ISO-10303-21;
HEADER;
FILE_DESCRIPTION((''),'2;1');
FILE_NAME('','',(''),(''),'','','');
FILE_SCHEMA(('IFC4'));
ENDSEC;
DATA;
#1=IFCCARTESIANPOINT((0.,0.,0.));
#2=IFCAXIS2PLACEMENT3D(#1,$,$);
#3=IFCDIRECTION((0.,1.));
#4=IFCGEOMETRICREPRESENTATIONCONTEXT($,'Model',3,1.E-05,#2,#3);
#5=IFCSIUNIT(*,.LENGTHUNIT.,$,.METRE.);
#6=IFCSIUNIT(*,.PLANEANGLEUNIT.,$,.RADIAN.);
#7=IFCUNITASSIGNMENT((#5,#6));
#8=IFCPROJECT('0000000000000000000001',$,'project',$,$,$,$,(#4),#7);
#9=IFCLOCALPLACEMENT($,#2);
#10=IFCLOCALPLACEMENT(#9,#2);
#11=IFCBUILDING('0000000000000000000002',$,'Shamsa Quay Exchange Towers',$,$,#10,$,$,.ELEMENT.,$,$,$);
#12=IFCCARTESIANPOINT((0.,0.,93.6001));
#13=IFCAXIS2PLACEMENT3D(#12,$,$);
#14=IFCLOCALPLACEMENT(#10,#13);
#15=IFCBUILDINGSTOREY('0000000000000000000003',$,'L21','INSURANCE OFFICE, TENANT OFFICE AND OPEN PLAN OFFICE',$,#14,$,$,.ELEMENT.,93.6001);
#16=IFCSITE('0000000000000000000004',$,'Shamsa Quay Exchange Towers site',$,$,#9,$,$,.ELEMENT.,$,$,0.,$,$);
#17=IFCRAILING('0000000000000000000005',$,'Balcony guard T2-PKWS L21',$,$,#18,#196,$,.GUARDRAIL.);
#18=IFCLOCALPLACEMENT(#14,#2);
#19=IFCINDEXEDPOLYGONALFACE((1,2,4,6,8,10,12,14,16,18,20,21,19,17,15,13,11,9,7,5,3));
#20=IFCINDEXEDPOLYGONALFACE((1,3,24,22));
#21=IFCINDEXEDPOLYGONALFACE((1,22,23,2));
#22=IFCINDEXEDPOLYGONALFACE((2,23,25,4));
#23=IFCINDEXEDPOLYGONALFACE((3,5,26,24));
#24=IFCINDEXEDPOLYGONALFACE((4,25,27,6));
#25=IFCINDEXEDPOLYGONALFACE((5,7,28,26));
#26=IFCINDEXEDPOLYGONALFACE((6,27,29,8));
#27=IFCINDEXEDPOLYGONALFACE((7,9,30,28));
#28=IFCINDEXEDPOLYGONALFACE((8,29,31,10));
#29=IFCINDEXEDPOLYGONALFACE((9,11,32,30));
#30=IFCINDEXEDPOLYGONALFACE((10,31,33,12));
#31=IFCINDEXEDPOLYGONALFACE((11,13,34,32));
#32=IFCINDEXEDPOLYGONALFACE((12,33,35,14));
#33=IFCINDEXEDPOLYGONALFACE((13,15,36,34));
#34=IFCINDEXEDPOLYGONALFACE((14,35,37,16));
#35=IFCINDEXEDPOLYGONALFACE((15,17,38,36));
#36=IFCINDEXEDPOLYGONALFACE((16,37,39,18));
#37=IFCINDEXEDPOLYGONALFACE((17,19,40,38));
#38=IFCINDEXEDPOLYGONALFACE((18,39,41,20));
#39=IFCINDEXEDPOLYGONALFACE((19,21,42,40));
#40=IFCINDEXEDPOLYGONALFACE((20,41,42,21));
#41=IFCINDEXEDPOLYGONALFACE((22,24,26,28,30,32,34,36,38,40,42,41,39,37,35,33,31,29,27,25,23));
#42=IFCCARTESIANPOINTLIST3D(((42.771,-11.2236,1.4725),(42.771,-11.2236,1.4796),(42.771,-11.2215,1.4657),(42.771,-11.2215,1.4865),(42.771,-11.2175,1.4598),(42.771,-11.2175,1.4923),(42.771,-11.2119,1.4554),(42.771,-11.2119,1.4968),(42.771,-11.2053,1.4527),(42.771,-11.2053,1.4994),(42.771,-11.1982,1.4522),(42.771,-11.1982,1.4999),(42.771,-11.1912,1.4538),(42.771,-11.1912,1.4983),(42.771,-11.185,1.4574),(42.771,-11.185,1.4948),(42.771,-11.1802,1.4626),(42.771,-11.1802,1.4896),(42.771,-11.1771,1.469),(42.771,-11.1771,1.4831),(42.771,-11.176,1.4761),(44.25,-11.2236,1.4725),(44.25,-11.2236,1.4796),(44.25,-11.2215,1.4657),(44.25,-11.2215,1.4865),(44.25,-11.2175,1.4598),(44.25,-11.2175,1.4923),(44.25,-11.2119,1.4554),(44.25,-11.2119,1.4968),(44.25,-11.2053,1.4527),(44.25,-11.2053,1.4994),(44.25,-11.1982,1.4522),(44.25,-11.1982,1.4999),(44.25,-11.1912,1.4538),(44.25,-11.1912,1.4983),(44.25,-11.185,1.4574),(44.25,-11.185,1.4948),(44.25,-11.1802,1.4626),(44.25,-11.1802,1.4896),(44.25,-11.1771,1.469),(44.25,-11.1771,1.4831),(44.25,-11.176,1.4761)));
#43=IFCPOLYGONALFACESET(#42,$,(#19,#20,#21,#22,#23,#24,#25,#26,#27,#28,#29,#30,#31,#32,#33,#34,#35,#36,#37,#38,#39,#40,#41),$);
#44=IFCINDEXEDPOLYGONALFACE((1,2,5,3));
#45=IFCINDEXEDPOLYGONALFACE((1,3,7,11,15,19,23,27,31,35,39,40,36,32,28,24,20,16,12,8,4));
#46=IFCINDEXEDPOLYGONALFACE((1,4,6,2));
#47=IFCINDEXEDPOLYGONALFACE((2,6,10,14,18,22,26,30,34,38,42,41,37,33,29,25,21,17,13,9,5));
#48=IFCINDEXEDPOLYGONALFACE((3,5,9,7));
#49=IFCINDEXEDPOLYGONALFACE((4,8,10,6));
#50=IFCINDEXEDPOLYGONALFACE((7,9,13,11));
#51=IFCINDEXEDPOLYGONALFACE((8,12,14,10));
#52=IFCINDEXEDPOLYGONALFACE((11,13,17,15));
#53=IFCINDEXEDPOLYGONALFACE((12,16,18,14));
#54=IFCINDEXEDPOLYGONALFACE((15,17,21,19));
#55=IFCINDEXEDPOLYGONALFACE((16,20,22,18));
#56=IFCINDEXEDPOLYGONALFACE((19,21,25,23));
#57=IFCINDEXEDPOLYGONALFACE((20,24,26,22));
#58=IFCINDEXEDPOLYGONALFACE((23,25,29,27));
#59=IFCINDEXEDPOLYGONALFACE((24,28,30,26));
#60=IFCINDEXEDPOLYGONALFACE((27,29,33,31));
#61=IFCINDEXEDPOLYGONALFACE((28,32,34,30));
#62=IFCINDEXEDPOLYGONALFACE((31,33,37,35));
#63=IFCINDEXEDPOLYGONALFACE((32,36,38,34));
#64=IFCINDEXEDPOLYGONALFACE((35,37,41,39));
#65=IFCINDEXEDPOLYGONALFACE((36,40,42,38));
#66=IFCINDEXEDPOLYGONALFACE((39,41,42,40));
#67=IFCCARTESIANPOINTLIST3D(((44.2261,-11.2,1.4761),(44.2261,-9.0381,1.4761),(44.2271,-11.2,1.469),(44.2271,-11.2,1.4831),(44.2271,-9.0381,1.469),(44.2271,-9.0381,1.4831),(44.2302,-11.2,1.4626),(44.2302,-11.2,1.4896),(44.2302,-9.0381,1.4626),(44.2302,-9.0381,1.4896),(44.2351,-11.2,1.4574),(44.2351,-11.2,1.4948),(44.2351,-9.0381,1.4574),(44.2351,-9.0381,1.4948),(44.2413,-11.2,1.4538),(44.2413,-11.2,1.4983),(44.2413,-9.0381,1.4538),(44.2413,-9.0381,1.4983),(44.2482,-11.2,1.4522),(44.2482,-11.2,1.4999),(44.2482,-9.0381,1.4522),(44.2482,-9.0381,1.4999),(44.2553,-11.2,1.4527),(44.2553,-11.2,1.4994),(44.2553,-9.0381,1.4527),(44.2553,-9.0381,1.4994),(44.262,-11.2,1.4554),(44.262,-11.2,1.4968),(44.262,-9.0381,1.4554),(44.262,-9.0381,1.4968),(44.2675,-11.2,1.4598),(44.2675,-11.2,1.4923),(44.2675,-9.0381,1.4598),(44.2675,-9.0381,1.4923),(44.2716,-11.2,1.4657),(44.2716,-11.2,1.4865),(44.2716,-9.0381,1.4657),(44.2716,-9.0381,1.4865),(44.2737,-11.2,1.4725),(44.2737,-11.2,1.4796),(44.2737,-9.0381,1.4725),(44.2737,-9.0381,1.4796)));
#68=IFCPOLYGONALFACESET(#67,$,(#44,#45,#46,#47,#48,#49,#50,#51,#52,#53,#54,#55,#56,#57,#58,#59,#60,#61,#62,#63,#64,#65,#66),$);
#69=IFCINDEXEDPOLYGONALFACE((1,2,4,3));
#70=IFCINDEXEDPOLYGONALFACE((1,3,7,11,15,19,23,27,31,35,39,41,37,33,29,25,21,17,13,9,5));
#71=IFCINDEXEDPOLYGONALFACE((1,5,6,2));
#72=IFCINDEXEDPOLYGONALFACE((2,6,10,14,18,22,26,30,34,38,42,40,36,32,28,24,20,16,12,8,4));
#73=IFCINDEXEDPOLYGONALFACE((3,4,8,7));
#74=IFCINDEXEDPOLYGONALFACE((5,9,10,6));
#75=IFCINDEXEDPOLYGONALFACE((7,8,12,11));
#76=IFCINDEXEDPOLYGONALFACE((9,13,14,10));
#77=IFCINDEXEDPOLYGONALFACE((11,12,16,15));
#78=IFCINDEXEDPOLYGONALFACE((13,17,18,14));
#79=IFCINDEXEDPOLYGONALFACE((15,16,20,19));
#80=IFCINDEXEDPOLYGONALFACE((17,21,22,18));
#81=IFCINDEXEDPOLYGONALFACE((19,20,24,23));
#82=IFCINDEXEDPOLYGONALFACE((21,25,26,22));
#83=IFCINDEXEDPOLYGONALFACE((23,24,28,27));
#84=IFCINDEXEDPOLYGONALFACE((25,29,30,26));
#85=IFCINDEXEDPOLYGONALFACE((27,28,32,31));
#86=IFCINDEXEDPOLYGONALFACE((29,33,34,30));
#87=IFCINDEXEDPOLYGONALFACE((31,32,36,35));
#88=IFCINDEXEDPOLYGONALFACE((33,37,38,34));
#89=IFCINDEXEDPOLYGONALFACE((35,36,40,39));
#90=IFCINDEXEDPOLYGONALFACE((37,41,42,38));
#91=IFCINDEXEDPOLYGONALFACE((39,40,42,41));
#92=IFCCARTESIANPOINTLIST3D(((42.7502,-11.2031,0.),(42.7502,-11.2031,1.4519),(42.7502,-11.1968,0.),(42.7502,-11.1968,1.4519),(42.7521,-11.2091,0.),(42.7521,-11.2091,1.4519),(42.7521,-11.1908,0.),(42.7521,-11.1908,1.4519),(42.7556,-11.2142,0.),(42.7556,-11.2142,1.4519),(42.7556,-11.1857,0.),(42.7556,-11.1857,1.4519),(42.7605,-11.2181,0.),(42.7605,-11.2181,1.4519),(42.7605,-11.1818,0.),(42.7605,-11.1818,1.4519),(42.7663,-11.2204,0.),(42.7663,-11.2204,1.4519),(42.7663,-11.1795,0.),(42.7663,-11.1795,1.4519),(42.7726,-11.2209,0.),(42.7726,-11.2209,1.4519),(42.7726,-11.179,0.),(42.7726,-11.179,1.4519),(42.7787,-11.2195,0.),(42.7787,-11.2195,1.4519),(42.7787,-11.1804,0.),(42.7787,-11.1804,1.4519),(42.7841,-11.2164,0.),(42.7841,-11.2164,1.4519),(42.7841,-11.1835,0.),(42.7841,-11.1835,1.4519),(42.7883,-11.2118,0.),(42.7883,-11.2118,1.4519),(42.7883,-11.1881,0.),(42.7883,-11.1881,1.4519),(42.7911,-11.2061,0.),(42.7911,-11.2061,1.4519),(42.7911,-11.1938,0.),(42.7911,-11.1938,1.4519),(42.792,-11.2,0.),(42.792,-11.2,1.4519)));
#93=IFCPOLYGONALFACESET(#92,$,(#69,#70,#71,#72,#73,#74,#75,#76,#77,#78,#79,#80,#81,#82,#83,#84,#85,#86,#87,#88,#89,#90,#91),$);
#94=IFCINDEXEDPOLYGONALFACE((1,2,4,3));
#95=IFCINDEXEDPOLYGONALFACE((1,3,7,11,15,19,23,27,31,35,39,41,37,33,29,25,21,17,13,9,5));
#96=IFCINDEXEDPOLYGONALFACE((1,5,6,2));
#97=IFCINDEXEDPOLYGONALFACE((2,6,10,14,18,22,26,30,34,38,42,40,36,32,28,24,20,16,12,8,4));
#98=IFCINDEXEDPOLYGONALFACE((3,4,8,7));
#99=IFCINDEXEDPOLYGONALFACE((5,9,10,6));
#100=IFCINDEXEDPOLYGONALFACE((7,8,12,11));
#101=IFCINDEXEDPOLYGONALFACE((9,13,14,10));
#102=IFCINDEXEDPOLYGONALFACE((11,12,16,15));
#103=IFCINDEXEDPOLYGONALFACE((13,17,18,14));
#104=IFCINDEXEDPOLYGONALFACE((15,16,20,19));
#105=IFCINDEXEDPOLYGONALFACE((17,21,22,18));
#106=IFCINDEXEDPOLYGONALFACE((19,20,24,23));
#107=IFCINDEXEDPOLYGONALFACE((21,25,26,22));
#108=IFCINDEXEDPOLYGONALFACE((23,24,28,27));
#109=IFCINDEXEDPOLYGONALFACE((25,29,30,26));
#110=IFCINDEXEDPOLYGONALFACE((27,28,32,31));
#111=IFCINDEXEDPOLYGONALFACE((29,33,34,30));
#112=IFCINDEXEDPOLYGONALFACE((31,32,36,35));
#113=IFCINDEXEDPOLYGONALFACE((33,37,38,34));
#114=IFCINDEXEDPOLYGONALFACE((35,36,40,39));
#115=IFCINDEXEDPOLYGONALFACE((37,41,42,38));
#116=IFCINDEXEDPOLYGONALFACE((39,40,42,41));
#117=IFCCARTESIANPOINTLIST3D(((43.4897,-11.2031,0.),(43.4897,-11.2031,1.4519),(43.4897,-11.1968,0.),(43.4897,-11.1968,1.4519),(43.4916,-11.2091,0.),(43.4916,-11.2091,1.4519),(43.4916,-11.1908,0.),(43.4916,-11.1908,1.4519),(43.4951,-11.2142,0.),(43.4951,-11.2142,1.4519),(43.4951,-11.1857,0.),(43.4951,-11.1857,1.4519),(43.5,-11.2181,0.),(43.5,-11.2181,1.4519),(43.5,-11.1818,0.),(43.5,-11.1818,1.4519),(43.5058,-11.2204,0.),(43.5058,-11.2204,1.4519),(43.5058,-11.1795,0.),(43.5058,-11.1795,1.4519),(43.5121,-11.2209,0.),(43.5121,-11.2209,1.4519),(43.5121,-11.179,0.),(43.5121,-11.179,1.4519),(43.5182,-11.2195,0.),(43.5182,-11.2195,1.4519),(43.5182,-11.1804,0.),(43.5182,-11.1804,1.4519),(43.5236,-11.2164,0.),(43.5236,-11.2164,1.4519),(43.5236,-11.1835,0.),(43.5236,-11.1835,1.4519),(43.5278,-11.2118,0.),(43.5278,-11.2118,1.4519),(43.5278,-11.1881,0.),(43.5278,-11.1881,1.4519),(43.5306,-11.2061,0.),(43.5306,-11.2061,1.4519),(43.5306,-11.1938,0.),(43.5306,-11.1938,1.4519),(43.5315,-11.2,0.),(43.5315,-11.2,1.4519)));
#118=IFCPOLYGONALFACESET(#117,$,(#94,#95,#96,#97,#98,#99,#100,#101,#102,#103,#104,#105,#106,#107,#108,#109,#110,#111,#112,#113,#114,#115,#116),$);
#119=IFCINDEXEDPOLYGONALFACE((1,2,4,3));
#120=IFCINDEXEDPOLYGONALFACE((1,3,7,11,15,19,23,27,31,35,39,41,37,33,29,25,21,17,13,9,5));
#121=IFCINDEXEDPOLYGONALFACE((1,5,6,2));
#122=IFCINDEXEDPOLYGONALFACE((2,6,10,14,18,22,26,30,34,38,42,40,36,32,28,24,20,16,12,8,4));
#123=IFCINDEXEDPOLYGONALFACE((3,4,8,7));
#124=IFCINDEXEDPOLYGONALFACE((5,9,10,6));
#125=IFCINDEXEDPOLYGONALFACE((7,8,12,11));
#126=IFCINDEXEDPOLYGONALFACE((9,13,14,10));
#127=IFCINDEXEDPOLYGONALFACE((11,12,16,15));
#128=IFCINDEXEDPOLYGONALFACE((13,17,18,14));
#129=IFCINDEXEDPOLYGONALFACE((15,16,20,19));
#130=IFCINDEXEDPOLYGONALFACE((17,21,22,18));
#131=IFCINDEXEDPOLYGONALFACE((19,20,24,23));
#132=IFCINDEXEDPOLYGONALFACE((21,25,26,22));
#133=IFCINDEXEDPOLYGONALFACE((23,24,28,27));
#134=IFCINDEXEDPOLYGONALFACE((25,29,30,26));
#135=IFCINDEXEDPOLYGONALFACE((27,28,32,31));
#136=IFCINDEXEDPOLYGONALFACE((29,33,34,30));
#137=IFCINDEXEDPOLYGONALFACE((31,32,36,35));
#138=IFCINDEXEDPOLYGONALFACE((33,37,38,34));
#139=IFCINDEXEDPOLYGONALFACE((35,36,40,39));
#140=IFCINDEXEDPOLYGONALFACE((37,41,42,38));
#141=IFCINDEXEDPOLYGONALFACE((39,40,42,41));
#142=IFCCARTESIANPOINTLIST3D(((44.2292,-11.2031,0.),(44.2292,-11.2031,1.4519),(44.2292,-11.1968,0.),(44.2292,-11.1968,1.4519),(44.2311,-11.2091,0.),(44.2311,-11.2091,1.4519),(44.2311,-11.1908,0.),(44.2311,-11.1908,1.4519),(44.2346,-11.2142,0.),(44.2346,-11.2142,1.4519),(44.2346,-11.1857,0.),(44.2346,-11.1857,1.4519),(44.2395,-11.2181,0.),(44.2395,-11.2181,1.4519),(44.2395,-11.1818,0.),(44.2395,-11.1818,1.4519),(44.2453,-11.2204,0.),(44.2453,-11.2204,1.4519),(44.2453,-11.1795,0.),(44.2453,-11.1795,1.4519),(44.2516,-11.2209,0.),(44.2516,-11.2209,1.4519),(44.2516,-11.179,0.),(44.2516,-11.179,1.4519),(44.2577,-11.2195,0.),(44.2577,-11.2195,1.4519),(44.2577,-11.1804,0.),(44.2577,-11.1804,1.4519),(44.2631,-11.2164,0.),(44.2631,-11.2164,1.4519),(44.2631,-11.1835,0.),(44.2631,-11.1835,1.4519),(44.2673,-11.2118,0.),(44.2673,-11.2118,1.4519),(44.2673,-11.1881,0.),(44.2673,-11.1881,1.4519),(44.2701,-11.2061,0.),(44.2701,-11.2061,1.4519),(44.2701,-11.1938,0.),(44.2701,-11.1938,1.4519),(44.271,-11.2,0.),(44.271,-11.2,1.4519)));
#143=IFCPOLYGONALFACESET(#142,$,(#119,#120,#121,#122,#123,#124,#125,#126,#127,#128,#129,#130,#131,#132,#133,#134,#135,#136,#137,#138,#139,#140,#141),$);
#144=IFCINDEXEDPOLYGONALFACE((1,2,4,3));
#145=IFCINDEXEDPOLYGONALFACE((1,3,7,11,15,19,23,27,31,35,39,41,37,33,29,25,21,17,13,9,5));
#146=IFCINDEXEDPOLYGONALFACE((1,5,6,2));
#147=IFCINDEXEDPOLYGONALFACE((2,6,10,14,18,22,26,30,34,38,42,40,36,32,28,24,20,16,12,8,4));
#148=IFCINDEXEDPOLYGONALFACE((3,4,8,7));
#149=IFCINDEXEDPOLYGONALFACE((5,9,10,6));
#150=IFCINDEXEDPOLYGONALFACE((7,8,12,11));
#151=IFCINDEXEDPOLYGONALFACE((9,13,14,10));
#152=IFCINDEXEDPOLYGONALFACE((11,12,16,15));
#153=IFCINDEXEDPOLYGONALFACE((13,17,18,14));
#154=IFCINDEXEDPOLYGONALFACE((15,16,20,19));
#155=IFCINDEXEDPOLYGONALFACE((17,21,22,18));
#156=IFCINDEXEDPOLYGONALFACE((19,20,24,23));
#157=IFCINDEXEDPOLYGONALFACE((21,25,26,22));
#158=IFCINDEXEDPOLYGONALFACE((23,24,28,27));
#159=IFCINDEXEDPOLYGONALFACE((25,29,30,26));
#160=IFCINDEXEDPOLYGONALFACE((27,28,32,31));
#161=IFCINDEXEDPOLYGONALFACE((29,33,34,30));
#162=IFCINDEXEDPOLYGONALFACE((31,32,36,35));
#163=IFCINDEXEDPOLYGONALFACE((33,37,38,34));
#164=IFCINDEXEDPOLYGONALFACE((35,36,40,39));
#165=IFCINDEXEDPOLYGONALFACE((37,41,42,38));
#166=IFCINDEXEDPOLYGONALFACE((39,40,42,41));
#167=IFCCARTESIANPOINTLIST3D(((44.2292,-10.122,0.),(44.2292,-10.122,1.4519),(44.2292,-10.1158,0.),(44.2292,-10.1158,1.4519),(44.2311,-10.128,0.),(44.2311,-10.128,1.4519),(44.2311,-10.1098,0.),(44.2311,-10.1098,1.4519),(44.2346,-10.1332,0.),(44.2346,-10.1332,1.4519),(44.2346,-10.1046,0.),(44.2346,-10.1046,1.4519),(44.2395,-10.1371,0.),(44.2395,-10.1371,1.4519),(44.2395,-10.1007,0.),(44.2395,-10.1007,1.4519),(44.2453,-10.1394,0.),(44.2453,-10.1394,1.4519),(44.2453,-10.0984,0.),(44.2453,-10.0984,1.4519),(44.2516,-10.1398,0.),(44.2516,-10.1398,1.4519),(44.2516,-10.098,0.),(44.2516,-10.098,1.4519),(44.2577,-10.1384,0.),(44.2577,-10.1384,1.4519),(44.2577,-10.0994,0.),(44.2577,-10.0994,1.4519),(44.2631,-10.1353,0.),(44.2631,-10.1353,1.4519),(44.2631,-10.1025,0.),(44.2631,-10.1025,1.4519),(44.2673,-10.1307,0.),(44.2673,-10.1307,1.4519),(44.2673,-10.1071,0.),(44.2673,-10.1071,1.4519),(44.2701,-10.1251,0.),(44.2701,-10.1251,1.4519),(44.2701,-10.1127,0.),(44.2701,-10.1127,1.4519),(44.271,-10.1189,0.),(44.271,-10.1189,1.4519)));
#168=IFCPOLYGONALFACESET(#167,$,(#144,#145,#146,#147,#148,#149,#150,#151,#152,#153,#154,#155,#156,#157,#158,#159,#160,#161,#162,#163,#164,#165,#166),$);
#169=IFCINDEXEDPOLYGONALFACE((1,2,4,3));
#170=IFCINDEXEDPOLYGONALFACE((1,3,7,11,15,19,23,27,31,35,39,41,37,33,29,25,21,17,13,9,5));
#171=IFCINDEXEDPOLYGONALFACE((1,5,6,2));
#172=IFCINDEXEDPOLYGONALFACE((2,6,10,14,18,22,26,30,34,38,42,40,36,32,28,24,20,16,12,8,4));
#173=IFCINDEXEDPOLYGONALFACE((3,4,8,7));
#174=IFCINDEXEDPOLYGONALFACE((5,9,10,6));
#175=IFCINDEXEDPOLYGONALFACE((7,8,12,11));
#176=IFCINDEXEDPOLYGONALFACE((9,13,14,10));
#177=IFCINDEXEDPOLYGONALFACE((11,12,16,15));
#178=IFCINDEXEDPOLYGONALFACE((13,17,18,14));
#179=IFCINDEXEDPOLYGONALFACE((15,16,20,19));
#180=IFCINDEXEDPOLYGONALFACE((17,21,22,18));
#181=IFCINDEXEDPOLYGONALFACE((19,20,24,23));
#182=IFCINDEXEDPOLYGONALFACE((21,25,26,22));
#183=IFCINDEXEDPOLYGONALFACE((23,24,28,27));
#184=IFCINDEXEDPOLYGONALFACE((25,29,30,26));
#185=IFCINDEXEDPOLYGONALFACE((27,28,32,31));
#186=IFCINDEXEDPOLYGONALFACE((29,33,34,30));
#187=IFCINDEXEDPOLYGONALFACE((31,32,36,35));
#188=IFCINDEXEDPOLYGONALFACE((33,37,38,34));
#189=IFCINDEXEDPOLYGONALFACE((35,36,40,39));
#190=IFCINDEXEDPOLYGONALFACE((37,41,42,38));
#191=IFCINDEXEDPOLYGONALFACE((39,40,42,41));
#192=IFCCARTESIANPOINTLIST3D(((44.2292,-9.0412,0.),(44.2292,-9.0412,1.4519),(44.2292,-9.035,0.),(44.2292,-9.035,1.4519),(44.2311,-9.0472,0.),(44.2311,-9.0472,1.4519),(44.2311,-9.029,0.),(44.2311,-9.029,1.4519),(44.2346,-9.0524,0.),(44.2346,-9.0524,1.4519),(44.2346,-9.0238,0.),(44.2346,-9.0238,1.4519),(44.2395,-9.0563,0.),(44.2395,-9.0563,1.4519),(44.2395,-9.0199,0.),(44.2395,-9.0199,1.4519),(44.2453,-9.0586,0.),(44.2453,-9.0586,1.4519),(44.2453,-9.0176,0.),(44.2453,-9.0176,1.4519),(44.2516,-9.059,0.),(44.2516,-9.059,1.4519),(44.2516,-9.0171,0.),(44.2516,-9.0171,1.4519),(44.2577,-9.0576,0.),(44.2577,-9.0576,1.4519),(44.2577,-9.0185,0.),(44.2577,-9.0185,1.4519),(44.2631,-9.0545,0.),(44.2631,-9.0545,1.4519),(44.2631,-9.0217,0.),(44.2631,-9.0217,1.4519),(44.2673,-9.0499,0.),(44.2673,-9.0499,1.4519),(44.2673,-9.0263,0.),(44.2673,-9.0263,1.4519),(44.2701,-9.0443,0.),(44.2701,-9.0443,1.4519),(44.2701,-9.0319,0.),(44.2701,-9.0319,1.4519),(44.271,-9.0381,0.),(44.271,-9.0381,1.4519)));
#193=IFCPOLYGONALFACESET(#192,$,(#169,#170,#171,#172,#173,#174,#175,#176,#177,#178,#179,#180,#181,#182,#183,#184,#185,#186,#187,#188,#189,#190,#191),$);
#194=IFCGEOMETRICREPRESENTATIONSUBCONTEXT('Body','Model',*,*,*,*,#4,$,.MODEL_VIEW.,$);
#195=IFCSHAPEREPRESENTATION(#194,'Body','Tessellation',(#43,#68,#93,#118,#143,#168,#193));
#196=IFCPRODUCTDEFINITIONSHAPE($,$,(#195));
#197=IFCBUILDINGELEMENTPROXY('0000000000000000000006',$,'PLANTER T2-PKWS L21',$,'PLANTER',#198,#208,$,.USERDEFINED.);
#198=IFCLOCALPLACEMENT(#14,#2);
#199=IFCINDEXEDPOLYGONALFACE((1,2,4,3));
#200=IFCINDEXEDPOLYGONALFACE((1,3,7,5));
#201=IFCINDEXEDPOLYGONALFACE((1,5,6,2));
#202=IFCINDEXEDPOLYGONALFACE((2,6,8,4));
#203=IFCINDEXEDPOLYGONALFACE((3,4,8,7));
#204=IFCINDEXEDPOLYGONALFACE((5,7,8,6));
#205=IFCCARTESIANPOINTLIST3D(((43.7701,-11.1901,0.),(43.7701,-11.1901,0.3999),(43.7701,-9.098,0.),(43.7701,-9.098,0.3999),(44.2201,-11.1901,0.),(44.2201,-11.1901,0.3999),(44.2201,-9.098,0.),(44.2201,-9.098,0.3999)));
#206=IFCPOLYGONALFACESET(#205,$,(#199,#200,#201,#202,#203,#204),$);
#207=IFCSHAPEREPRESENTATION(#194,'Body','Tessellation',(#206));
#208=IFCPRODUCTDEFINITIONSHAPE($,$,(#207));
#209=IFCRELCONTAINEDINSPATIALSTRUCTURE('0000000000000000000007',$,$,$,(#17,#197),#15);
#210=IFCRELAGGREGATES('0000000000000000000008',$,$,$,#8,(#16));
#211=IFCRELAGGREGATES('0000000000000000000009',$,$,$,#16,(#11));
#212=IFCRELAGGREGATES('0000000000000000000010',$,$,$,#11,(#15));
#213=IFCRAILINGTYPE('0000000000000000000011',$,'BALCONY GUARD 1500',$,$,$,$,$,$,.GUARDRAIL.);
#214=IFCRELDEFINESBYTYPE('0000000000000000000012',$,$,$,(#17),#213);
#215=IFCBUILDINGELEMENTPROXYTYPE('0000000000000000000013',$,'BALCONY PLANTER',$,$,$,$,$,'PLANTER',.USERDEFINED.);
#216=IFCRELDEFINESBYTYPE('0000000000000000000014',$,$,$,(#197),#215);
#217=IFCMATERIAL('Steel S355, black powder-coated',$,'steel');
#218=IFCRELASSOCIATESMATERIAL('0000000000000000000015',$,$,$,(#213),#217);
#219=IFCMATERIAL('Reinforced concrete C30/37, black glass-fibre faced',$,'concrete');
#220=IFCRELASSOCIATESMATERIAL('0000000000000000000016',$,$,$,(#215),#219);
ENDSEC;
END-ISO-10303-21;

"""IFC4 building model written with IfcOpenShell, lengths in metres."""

from ifc_helpers import new_model, si_unit, direction, frame, origin, origin_2d, place, context, subcontext, project, spatial, rectangle, circle, extrude, material, type_object, element, save


model = new_model("IFC4")

# Units and contexts
model_context = context("Model", 3, precision=1e-05, world=origin(), true_north=direction((0.0, 1.0)))
body_context = subcontext(model_context, "Body", "Model", "MODEL_VIEW")
ifc_project = project(units=[si_unit("LENGTHUNIT", "METRE"), si_unit("PLANEANGLEUNIT", "RADIAN")], contexts=[model_context])

# Site, building, storey
site_placement = place(None, origin())
site = spatial("IfcSite", under=ifc_project, at=site_placement, Name="Shamsa Quay Exchange Towers site", CompositionType="ELEMENT", RefElevation=0.0)
building_placement = place(site_placement, origin())
building = spatial("IfcBuilding", under=site, at=building_placement, Name="Shamsa Quay Exchange Towers", CompositionType="ELEMENT")
storey_placement = place(building_placement, frame((0.0, 0.0, 93.6001)))
storey = spatial("IfcBuildingStorey", under=building, at=storey_placement, Name="L21", Description="INSURANCE OFFICE, TENANT OFFICE AND OPEN PLAN OFFICE", CompositionType="ELEMENT", Elevation=93.6001)

# Railing
ifc_material_1 = material(Name="Steel S355, black powder-coated", Category="steel")
railing_type = type_object("IfcRailingType", Name="BALCONY GUARD 1500", PredefinedType="GUARDRAIL", material=ifc_material_1)
railing_placement = place(storey_placement, frame((42.771, -11.2, 0.0)))
element("IfcRailing", 1, at=railing_placement, inside=storey, type_object=railing_type, Name="Balcony guard T2-PKWS L21", PredefinedType="GUARDRAIL", context=body_context, shape_type="SweptSolid", body=[
    extrude(circle(Radius=0.0239, at=origin_2d()), frame((0.0, 0.0, 1.4761), z_axis=(1.0, 0.0, 0.0), x_axis=(0.0, 1.0, 0.0)), (0.0, 0.0, 1.0), 1.479),
    extrude(circle(Radius=0.0239, at=origin_2d()), frame((1.479, 0.0, 1.4761), z_axis=(0.0, 1.0, 0.0), x_axis=(-1.0, 0.0, 0.0)), (0.0, 0.0, 1.0), 2.1619),
    extrude(circle(Radius=0.021, at=origin_2d()), origin(), (0.0, 0.0, 1.0), 1.4519),
    extrude(circle(Radius=0.021, at=origin_2d()), frame((0.7395, 0.0, 0.0)), (0.0, 0.0, 1.0), 1.4519),
    extrude(circle(Radius=0.021, at=origin_2d()), frame((1.479, 0.0, 0.0)), (0.0, 0.0, 1.0), 1.4519),
    extrude(circle(Radius=0.021, at=origin_2d()), frame((1.479, 1.0811, 0.0)), (0.0, 0.0, 1.0), 1.4519),
    extrude(circle(Radius=0.021, at=origin_2d()), frame((1.479, 2.1619, 0.0)), (0.0, 0.0, 1.0), 1.4519),
])

# Building element proxy
ifc_material_2 = material(Name="Reinforced concrete C30/37, black glass-fibre faced", Category="concrete")
building_element_proxy_type = type_object("IfcBuildingElementProxyType", Name="BALCONY PLANTER", ElementType="PLANTER", PredefinedType="USERDEFINED", material=ifc_material_2)
proxy_placement = place(storey_placement, frame((43.9951, -10.144, 0.0), z_axis=(0.0, 0.0, 1.0), x_axis=(0.0, 1.0, 0.0)))
element("IfcBuildingElementProxy", 2, at=proxy_placement, inside=storey, type_object=building_element_proxy_type, Name="PLANTER T2-PKWS L21", ObjectType="PLANTER", PredefinedType="USERDEFINED", context=body_context, shape_type="SweptSolid", body=[
    extrude(rectangle(XDim=2.092, YDim=0.45, at=origin_2d()), origin(), (0.0, 0.0, 1.0), 0.3999),
])

save(model, "model.ifc")
